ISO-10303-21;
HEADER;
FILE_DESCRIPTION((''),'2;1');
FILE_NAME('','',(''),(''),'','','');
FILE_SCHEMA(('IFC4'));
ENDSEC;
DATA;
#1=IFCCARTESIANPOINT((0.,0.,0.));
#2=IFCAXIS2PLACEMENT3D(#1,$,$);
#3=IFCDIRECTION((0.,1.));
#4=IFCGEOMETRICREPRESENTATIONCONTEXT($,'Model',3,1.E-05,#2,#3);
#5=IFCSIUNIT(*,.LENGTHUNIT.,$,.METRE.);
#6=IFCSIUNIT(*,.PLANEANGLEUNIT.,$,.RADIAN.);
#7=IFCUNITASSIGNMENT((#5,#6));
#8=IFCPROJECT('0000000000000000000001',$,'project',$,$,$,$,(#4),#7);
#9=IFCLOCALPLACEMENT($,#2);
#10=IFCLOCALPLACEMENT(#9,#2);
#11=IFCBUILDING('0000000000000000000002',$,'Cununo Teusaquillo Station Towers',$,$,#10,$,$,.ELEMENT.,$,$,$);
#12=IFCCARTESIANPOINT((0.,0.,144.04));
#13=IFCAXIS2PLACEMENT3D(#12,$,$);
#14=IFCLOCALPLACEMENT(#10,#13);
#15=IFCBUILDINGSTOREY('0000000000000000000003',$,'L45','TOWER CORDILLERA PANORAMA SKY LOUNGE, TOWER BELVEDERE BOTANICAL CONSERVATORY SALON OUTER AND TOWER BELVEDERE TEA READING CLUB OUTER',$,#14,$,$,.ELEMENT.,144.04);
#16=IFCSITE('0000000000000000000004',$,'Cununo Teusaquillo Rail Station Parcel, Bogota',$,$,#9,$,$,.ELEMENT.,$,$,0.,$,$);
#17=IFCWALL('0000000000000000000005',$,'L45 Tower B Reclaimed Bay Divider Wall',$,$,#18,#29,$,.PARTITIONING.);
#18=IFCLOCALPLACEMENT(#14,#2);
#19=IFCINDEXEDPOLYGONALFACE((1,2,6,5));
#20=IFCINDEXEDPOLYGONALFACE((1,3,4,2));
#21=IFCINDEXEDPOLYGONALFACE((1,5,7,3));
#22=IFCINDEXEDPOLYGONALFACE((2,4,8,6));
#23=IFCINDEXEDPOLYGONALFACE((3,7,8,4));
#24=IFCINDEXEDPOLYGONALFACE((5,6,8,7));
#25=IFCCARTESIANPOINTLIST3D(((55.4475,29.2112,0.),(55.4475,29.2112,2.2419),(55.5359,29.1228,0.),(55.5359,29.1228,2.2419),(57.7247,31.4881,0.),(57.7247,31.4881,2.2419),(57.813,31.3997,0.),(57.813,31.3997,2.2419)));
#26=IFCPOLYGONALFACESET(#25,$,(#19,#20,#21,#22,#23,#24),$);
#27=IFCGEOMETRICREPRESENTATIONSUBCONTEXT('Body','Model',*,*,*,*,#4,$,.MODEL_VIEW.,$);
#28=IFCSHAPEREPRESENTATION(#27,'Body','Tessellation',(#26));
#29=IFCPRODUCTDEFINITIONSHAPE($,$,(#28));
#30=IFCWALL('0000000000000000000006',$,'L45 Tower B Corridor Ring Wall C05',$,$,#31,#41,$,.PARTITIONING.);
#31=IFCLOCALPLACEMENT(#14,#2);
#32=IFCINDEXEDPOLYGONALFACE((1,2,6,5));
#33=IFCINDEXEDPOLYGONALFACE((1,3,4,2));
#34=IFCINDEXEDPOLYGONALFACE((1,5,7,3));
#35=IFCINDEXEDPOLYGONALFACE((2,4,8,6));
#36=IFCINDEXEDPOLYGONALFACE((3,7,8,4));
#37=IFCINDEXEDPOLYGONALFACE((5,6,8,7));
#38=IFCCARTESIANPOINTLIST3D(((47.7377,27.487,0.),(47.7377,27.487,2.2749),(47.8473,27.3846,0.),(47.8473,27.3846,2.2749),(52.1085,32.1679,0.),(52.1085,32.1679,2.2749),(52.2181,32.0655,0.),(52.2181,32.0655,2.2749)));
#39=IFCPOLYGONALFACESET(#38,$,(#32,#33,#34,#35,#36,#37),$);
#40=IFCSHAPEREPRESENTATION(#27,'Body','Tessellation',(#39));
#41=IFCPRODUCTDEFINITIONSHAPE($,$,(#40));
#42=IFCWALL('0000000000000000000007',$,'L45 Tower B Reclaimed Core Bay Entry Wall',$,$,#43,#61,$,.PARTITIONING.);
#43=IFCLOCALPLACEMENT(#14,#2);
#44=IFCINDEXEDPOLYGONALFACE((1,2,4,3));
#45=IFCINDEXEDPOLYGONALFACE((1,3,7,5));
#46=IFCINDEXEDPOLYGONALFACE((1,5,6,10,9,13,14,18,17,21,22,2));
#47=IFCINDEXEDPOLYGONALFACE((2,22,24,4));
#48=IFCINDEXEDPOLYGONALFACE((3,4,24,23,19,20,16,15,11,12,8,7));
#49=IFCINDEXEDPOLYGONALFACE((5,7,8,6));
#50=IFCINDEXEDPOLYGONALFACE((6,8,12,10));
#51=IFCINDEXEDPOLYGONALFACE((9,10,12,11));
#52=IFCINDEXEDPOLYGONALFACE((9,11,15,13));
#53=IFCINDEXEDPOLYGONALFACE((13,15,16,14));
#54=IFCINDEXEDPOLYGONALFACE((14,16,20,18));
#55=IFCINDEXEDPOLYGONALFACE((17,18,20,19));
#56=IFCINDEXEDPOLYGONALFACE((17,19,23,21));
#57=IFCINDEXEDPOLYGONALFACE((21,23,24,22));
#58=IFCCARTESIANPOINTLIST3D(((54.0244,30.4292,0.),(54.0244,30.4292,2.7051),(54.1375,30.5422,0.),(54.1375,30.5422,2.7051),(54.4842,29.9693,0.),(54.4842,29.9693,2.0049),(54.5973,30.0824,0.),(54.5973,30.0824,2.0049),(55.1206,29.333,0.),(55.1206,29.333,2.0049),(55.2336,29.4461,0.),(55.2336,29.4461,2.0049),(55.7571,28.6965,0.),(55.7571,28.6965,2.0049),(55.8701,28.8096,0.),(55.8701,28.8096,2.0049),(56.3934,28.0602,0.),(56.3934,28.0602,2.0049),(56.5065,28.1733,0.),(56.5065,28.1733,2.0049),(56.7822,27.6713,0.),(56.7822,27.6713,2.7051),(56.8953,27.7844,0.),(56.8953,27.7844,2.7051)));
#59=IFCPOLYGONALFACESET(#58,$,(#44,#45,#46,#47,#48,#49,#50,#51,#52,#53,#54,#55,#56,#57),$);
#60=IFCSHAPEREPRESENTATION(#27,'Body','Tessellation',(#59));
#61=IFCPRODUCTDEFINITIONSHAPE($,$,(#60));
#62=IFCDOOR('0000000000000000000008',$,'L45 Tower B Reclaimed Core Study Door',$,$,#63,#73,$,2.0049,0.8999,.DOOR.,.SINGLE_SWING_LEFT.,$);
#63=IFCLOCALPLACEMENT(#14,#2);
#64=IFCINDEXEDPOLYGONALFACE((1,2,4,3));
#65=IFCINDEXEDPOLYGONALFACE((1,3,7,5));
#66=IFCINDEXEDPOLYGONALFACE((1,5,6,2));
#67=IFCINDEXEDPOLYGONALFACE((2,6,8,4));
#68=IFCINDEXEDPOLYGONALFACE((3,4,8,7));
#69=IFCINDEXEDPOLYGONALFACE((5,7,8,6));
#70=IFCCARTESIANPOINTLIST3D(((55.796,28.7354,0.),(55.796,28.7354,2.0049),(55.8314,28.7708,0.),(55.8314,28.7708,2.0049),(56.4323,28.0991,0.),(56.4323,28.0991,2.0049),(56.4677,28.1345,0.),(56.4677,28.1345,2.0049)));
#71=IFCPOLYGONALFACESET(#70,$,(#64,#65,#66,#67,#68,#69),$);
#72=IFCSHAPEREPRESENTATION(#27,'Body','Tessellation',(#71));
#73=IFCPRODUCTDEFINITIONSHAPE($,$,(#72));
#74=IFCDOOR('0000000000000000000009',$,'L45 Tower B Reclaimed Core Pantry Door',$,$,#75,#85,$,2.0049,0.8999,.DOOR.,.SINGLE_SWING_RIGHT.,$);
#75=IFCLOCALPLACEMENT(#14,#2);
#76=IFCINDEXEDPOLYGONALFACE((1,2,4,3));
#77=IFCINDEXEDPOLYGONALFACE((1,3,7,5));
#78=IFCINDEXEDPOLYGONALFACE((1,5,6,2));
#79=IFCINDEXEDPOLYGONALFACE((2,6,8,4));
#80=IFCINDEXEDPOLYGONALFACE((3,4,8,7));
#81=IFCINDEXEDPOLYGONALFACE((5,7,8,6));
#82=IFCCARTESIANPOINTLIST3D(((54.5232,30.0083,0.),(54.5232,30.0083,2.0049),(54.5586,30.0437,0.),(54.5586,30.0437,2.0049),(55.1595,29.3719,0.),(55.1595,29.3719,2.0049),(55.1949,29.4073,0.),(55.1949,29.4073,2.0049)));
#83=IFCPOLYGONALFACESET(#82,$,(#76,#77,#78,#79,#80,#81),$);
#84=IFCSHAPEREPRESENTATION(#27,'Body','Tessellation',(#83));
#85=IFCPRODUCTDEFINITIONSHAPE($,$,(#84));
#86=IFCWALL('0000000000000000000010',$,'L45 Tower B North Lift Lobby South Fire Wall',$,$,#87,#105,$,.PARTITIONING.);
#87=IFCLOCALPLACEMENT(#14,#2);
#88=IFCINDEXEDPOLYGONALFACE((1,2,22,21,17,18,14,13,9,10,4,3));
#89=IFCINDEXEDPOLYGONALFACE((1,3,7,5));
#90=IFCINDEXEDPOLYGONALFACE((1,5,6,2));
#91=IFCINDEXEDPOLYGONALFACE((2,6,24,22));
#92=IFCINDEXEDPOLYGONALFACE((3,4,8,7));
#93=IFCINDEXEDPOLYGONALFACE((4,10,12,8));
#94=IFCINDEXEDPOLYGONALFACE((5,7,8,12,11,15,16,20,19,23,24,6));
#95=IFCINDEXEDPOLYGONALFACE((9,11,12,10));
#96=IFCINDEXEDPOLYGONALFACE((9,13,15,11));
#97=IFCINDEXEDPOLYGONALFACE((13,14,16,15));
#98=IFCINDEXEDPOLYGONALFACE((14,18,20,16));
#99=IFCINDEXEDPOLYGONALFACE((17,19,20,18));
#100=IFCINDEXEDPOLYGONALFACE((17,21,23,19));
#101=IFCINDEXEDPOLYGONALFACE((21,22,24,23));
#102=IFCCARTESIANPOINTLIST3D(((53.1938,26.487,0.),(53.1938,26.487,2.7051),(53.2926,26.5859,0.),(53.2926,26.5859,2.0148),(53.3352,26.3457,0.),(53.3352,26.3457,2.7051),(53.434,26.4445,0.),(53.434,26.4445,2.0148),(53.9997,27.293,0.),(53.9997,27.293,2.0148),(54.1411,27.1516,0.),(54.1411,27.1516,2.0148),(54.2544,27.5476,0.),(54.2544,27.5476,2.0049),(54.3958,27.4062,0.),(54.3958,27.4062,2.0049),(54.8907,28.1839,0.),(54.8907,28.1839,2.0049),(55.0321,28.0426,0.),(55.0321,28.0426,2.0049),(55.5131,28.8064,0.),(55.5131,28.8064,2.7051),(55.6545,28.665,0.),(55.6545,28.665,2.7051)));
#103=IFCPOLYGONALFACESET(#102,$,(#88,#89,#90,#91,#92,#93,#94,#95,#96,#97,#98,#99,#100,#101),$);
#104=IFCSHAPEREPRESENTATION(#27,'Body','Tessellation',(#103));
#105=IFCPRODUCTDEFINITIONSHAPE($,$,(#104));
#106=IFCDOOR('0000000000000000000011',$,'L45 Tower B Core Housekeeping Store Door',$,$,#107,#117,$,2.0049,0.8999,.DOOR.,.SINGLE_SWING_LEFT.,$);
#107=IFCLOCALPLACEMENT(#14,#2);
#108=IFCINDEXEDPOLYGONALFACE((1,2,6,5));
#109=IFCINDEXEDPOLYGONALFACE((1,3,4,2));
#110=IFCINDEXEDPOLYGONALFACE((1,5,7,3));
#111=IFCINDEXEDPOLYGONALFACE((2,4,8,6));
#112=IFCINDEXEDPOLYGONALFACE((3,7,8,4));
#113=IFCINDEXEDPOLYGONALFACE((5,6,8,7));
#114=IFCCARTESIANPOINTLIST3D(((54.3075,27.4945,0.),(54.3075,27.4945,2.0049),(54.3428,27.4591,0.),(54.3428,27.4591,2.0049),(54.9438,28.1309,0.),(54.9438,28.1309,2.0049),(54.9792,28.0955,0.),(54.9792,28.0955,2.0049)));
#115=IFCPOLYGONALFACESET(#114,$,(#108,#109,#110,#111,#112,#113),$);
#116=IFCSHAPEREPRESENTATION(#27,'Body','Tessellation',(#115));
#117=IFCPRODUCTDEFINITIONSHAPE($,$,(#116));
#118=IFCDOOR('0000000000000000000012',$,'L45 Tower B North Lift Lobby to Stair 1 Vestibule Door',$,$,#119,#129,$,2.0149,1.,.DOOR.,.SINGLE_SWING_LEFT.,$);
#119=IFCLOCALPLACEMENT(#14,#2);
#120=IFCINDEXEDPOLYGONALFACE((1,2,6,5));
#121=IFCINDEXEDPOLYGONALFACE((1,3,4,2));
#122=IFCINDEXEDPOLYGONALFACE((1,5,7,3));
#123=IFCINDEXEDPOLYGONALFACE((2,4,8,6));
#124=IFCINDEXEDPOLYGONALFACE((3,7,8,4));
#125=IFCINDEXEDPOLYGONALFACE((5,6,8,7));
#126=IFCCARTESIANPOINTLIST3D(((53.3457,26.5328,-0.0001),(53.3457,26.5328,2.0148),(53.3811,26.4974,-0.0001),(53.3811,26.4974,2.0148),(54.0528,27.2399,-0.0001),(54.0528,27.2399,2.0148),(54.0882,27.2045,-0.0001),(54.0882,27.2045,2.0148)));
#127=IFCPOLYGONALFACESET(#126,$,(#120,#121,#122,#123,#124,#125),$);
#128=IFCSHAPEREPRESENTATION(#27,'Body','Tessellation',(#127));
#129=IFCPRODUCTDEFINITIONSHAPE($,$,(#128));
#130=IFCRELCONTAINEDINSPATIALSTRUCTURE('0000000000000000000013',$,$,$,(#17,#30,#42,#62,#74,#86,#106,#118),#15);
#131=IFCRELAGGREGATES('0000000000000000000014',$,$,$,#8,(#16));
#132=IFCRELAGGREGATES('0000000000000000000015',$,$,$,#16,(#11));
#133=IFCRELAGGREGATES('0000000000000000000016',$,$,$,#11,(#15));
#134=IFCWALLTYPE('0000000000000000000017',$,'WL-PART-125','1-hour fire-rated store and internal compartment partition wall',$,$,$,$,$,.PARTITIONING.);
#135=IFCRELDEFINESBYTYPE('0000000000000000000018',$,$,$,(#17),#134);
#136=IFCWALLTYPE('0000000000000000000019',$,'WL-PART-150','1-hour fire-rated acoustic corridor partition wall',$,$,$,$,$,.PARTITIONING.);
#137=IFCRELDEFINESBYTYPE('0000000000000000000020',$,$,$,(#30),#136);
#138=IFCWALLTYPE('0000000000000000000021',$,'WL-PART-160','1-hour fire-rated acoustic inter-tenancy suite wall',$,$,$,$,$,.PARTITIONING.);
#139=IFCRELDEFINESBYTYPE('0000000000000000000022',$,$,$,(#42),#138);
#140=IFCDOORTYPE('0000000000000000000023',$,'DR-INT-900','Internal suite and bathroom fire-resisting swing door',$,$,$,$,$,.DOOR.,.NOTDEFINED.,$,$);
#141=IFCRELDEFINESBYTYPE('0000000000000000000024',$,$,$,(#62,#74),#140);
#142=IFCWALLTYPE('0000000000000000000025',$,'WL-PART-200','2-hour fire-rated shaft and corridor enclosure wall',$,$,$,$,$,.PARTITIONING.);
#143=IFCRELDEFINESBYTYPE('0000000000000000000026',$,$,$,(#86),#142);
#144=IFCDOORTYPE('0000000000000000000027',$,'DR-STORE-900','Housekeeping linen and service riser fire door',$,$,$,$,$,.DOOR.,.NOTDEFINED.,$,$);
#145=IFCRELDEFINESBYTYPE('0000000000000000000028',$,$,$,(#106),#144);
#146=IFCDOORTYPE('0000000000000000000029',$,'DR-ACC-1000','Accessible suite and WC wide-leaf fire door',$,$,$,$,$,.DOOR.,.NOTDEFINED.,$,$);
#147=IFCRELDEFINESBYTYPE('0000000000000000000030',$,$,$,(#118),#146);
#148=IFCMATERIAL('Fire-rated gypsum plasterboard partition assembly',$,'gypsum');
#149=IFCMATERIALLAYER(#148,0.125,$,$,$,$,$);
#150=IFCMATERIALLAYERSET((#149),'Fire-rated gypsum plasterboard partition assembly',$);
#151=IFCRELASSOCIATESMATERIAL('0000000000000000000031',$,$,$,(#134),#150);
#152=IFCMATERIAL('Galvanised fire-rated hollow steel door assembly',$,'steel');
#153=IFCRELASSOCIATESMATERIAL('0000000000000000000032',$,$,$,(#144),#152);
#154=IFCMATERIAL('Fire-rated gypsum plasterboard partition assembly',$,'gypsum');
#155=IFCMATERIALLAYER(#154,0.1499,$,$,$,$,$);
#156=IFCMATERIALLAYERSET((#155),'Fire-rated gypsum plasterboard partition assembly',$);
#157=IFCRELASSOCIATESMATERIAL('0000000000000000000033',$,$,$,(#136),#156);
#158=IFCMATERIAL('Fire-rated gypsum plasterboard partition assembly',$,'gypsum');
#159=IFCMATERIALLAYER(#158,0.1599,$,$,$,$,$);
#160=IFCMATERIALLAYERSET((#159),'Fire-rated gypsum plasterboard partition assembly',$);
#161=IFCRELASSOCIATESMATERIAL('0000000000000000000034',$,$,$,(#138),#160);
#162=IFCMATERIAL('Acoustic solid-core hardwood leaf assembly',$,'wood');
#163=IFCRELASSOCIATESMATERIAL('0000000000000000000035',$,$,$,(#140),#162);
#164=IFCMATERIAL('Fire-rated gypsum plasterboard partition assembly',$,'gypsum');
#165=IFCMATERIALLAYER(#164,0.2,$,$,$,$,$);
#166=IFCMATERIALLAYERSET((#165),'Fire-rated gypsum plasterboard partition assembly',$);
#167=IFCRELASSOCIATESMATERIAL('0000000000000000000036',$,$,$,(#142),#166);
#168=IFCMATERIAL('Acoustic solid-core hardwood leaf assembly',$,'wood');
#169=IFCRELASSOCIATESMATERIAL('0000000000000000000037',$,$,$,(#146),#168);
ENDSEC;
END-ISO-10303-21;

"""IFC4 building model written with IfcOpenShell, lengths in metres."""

from ifc_helpers import new_model, si_unit, direction, frame, frame_2d, origin, place, context, subcontext, project, spatial, rectangle, extrude, source, transform, mapped, material, layer, layer_set, type_object, element, fill, save


model = new_model("IFC4")

# Units and contexts
model_context = context("Model", 3, precision=1e-05, world=origin(), true_north=direction((0.0, 1.0)))
body_context = subcontext(model_context, "Body", "Model", "MODEL_VIEW")
ifc_project = project(units=[si_unit("LENGTHUNIT", "METRE"), si_unit("PLANEANGLEUNIT", "RADIAN")], contexts=[model_context])

# Site, building, storey
site_placement = place(None, origin())
site = spatial("IfcSite", under=ifc_project, at=site_placement, Name="Cununo Teusaquillo Rail Station Parcel, Bogota", CompositionType="ELEMENT", RefElevation=0.0)
building_placement = place(site_placement, origin())
building = spatial("IfcBuilding", under=site, at=building_placement, Name="Cununo Teusaquillo Station Towers", CompositionType="ELEMENT")
storey_placement = place(building_placement, frame((0.0, 0.0, 144.04)))
storey = spatial("IfcBuildingStorey", under=building, at=storey_placement, Name="L45", Description="TOWER CORDILLERA PANORAMA SKY LOUNGE, TOWER BELVEDERE BOTANICAL CONSERVATORY SALON OUTER AND TOWER BELVEDERE TEA READING CLUB OUTER", CompositionType="ELEMENT", Elevation=144.04)

# Shared definitions
ifc_material_1 = material(Name="Fire-rated gypsum plasterboard partition assembly", Category="gypsum")
ifc_layer_1 = layer(ifc_material_1, 0.125)
ifc_layer_set_1 = layer_set([ifc_layer_1], Name="Fire-rated gypsum plasterboard partition assembly")
wall_type_1 = type_object("IfcWallType", Name="WL-PART-125", Description="1-hour fire-rated store and internal compartment partition wall", PredefinedType="PARTITIONING", material=ifc_layer_set_1)
ifc_material_2 = material(Name="Galvanised fire-rated hollow steel door assembly", Category="steel")
door_type_1 = type_object("IfcDoorType", Name="DR-STORE-900", Description="Housekeeping linen and service riser fire door", OperationType="NOTDEFINED", PredefinedType="DOOR", material=ifc_material_2)
shared_shape_1 = source(origin(), body_context, "Body", "SweptSolid", [
    extrude(rectangle(XDim=0.8999, YDim=2.0049, at=frame_2d((0.45, 1.0024))), frame((0.0, 0.0249, 0.0), z_axis=(0.0, -1.0, 0.0), x_axis=(1.0, 0.0, 0.0)), (0.0, 0.0, 1.0), 0.05),
])

# Walls
wall_1_placement = place(storey_placement, frame((55.4917, 29.167, 0.0), z_axis=(0.0, 0.0, 1.0), x_axis=(0.707145, 0.707069, 0.0)))
element("IfcWall", 1, at=wall_1_placement, inside=storey, type_object=wall_type_1, Name="L45 Tower B Reclaimed Bay Divider Wall", PredefinedType="PARTITIONING", context=body_context, shape_type="SweptSolid", body=[
    extrude(rectangle(XDim=3.2202, YDim=0.125, at=frame_2d((1.6101, 0.0))), origin(), (0.0, 0.0, 1.0), 2.2419),
])
ifc_material_3 = material(Name="Fire-rated gypsum plasterboard partition assembly", Category="gypsum")
ifc_layer_2 = layer(ifc_material_3, 0.1499)
ifc_layer_set_2 = layer_set([ifc_layer_2], Name="Fire-rated gypsum plasterboard partition assembly")
wall_type_2 = type_object("IfcWallType", Name="WL-PART-150", Description="1-hour fire-rated acoustic corridor partition wall", PredefinedType="PARTITIONING", material=ifc_layer_set_2)
wall_2_placement = place(storey_placement, frame((52.1633, 32.1167, 0.0), z_axis=(0.0, 0.0, 1.0), x_axis=(-0.682485, -0.730899, 0.0)))
element("IfcWall", 2, at=wall_2_placement, inside=storey, type_object=wall_type_2, Name="L45 Tower B Corridor Ring Wall C05", PredefinedType="PARTITIONING", context=body_context, shape_type="SweptSolid", body=[
    extrude(rectangle(XDim=6.4043, YDim=0.1499, at=frame_2d((3.2021, 0.0))), origin(), (0.0, 0.0, 1.0), 2.2749),
])

# Walls, openings, doors
ifc_material_4 = material(Name="Fire-rated gypsum plasterboard partition assembly", Category="gypsum")
ifc_layer_3 = layer(ifc_material_4, 0.1599)
ifc_layer_set_3 = layer_set([ifc_layer_3], Name="Fire-rated gypsum plasterboard partition assembly")
wall_type_3 = type_object("IfcWallType", Name="WL-PART-160", Description="1-hour fire-rated acoustic inter-tenancy suite wall", PredefinedType="PARTITIONING", material=ifc_layer_set_3)
wall_3_placement = place(storey_placement, frame((56.8389, 27.7278, 0.0), z_axis=(0.0, 0.0, 1.0), x_axis=(-0.707107, 0.707107, 0.0)))
wall_3 = element("IfcWall", 3, at=wall_3_placement, inside=storey, type_object=wall_type_3, Name="L45 Tower B Reclaimed Core Bay Entry Wall", PredefinedType="PARTITIONING", context=body_context, shape_type="SweptSolid", body=[
    extrude(rectangle(XDim=3.9001, YDim=0.1599, at=frame_2d((1.9502, 0.0))), origin(), (0.0, 0.0, 1.0), 2.7051),
])
shared_shape_2 = source(origin(), body_context, "Body", "SweptSolid", [
    extrude(rectangle(XDim=0.8999, YDim=2.0049, at=frame_2d((0.45, 1.0024))), frame((0.0, 0.0898, 0.0), z_axis=(0.0, -1.0, 0.0), x_axis=(1.0, 0.0, 0.0)), (0.0, 0.0, 1.0), 0.1799),
])
opening_1_placement = place(wall_3_placement, frame((0.55, 0.0, 0.0)))
opening_1 = element("IfcOpeningElement", 4, at=opening_1_placement, cuts=wall_3, PredefinedType="OPENING", context=body_context, shape_type="MappedRepresentation", body=[
    mapped(shared_shape_2, transform((0.0, 0.0, 0.0), x_axis=(1.0, 0.0, 0.0), y_axis=(0.0, 1.0, 0.0), z_axis=(0.0, 0.0, 1.0), scale=1.0)),
])
opening_2_placement = place(wall_3_placement, frame((2.3501, 0.0, 0.0)))
opening_2 = element("IfcOpeningElement", 5, at=opening_2_placement, cuts=wall_3, PredefinedType="OPENING", context=body_context, shape_type="MappedRepresentation", body=[
    mapped(shared_shape_2, transform((0.0, 0.0, 0.0), x_axis=(1.0, 0.0, 0.0), y_axis=(0.0, 1.0, 0.0), z_axis=(0.0, 0.0, 1.0), scale=1.0)),
])
ifc_material_5 = material(Name="Acoustic solid-core hardwood leaf assembly", Category="wood")
door_type_2 = type_object("IfcDoorType", Name="DR-INT-900", Description="Internal suite and bathroom fire-resisting swing door", OperationType="NOTDEFINED", PredefinedType="DOOR", material=ifc_material_5)
door_1_placement = place(opening_1_placement, origin())
door_1 = element("IfcDoor", 6, at=door_1_placement, inside=storey, type_object=door_type_2, Name="L45 Tower B Reclaimed Core Study Door", OperationType="SINGLE_SWING_LEFT", OverallHeight=2.0049, OverallWidth=0.8999, PredefinedType="DOOR", context=body_context, shape_type="MappedRepresentation", body=[
    mapped(shared_shape_1, transform((0.0, 0.0, 0.0), x_axis=(1.0, 0.0, 0.0), y_axis=(0.0, 1.0, 0.0), z_axis=(0.0, 0.0, 1.0), scale=1.0)),
])
fill(opening_1, door_1)
door_2_placement = place(opening_2_placement, origin())
door_2 = element("IfcDoor", 7, at=door_2_placement, inside=storey, type_object=door_type_2, Name="L45 Tower B Reclaimed Core Pantry Door", OperationType="SINGLE_SWING_RIGHT", OverallHeight=2.0049, OverallWidth=0.8999, PredefinedType="DOOR", context=body_context, shape_type="MappedRepresentation", body=[
    mapped(shared_shape_1, transform((0.0, 0.0, 0.0), x_axis=(1.0, 0.0, 0.0), y_axis=(0.0, 1.0, 0.0), z_axis=(0.0, 0.0, 1.0), scale=1.0)),
])
fill(opening_2, door_2)
ifc_material_6 = material(Name="Fire-rated gypsum plasterboard partition assembly", Category="gypsum")
ifc_layer_4 = layer(ifc_material_6, 0.2)
ifc_layer_set_4 = layer_set([ifc_layer_4], Name="Fire-rated gypsum plasterboard partition assembly")
wall_type_4 = type_object("IfcWallType", Name="WL-PART-200", Description="2-hour fire-rated shaft and corridor enclosure wall", PredefinedType="PARTITIONING", material=ifc_layer_set_4)
wall_4_placement = place(storey_placement, frame((53.2644, 26.4163, 0.0), z_axis=(0.0, 0.0, 1.0), x_axis=(0.707107, 0.707107, 0.0)))
wall_4 = element("IfcWall", 8, at=wall_4_placement, inside=storey, type_object=wall_type_4, Name="L45 Tower B North Lift Lobby South Fire Wall", PredefinedType="PARTITIONING", context=body_context, shape_type="SweptSolid", body=[
    extrude(rectangle(XDim=3.28, YDim=0.2, at=frame_2d((1.6401, 0.0))), origin(), (0.0, 0.0, 1.0), 2.7051),
])
shared_shape_3 = source(origin(), body_context, "Body", "SweptSolid", [
    extrude(rectangle(XDim=1.0, YDim=2.0149, at=frame_2d((0.5, 1.0073))), frame((0.0, 0.1099, 0.0), z_axis=(0.0, -1.0, 0.0), x_axis=(1.0, 0.0, 0.0)), (0.0, 0.0, 1.0), 0.22),
])
opening_3_placement = place(wall_4_placement, frame((0.1399, 0.0, 0.0)))
opening_3 = element("IfcOpeningElement", 9, at=opening_3_placement, cuts=wall_4, PredefinedType="OPENING", context=body_context, shape_type="MappedRepresentation", body=[
    mapped(shared_shape_3, transform((0.0, 0.0, 0.0), x_axis=(1.0, 0.0, 0.0), y_axis=(0.0, 1.0, 0.0), z_axis=(0.0, 0.0, 1.0), scale=1.0)),
])
shared_shape_4 = source(origin(), body_context, "Body", "SweptSolid", [
    extrude(rectangle(XDim=0.8999, YDim=2.0049, at=frame_2d((0.45, 1.0024))), frame((0.0, 0.1099, 0.0), z_axis=(0.0, -1.0, 0.0), x_axis=(1.0, 0.0, 0.0)), (0.0, 0.0, 1.0), 0.22),
])
opening_4_placement = place(wall_4_placement, frame((1.5, 0.0, 0.0)))
opening_4 = element("IfcOpeningElement", 10, at=opening_4_placement, cuts=wall_4, PredefinedType="OPENING", context=body_context, shape_type="MappedRepresentation", body=[
    mapped(shared_shape_4, transform((0.0, 0.0, 0.0), x_axis=(1.0, 0.0, 0.0), y_axis=(0.0, 1.0, 0.0), z_axis=(0.0, 0.0, 1.0), scale=1.0)),
])
door_3_placement = place(opening_4_placement, origin())
door_3 = element("IfcDoor", 11, at=door_3_placement, inside=storey, type_object=door_type_1, Name="L45 Tower B Core Housekeeping Store Door", OperationType="SINGLE_SWING_LEFT", OverallHeight=2.0049, OverallWidth=0.8999, PredefinedType="DOOR", context=body_context, shape_type="MappedRepresentation", body=[
    mapped(shared_shape_1, transform((0.0, 0.0, 0.0), x_axis=(1.0, 0.0, 0.0), y_axis=(0.0, 1.0, 0.0), z_axis=(0.0, 0.0, 1.0), scale=1.0)),
])
fill(opening_4, door_3)
ifc_material_7 = material(Name="Acoustic solid-core hardwood leaf assembly", Category="wood")
door_type_3 = type_object("IfcDoorType", Name="DR-ACC-1000", Description="Accessible suite and WC wide-leaf fire door", OperationType="NOTDEFINED", PredefinedType="DOOR", material=ifc_material_7)
shared_shape_5 = source(origin(), body_context, "Body", "SweptSolid", [
    extrude(rectangle(XDim=1.0, YDim=2.0149, at=frame_2d((0.5, 1.0073))), frame((0.0, 0.0249, 0.0), z_axis=(0.0, -1.0, 0.0), x_axis=(1.0, 0.0, 0.0)), (0.0, 0.0, 1.0), 0.05),
])
door_4_placement = place(opening_3_placement, origin())
door_4 = element("IfcDoor", 12, at=door_4_placement, inside=storey, type_object=door_type_3, Name="L45 Tower B North Lift Lobby to Stair 1 Vestibule Door", OperationType="SINGLE_SWING_LEFT", OverallHeight=2.0149, OverallWidth=1.0, PredefinedType="DOOR", context=body_context, shape_type="MappedRepresentation", body=[
    mapped(shared_shape_5, transform((0.0, 0.0, 0.0), x_axis=(1.0, 0.0, 0.0), y_axis=(0.0, 1.0, 0.0), z_axis=(0.0, 0.0, 1.0), scale=1.0)),
])
fill(opening_3, door_4)

save(model, "model.ifc")
